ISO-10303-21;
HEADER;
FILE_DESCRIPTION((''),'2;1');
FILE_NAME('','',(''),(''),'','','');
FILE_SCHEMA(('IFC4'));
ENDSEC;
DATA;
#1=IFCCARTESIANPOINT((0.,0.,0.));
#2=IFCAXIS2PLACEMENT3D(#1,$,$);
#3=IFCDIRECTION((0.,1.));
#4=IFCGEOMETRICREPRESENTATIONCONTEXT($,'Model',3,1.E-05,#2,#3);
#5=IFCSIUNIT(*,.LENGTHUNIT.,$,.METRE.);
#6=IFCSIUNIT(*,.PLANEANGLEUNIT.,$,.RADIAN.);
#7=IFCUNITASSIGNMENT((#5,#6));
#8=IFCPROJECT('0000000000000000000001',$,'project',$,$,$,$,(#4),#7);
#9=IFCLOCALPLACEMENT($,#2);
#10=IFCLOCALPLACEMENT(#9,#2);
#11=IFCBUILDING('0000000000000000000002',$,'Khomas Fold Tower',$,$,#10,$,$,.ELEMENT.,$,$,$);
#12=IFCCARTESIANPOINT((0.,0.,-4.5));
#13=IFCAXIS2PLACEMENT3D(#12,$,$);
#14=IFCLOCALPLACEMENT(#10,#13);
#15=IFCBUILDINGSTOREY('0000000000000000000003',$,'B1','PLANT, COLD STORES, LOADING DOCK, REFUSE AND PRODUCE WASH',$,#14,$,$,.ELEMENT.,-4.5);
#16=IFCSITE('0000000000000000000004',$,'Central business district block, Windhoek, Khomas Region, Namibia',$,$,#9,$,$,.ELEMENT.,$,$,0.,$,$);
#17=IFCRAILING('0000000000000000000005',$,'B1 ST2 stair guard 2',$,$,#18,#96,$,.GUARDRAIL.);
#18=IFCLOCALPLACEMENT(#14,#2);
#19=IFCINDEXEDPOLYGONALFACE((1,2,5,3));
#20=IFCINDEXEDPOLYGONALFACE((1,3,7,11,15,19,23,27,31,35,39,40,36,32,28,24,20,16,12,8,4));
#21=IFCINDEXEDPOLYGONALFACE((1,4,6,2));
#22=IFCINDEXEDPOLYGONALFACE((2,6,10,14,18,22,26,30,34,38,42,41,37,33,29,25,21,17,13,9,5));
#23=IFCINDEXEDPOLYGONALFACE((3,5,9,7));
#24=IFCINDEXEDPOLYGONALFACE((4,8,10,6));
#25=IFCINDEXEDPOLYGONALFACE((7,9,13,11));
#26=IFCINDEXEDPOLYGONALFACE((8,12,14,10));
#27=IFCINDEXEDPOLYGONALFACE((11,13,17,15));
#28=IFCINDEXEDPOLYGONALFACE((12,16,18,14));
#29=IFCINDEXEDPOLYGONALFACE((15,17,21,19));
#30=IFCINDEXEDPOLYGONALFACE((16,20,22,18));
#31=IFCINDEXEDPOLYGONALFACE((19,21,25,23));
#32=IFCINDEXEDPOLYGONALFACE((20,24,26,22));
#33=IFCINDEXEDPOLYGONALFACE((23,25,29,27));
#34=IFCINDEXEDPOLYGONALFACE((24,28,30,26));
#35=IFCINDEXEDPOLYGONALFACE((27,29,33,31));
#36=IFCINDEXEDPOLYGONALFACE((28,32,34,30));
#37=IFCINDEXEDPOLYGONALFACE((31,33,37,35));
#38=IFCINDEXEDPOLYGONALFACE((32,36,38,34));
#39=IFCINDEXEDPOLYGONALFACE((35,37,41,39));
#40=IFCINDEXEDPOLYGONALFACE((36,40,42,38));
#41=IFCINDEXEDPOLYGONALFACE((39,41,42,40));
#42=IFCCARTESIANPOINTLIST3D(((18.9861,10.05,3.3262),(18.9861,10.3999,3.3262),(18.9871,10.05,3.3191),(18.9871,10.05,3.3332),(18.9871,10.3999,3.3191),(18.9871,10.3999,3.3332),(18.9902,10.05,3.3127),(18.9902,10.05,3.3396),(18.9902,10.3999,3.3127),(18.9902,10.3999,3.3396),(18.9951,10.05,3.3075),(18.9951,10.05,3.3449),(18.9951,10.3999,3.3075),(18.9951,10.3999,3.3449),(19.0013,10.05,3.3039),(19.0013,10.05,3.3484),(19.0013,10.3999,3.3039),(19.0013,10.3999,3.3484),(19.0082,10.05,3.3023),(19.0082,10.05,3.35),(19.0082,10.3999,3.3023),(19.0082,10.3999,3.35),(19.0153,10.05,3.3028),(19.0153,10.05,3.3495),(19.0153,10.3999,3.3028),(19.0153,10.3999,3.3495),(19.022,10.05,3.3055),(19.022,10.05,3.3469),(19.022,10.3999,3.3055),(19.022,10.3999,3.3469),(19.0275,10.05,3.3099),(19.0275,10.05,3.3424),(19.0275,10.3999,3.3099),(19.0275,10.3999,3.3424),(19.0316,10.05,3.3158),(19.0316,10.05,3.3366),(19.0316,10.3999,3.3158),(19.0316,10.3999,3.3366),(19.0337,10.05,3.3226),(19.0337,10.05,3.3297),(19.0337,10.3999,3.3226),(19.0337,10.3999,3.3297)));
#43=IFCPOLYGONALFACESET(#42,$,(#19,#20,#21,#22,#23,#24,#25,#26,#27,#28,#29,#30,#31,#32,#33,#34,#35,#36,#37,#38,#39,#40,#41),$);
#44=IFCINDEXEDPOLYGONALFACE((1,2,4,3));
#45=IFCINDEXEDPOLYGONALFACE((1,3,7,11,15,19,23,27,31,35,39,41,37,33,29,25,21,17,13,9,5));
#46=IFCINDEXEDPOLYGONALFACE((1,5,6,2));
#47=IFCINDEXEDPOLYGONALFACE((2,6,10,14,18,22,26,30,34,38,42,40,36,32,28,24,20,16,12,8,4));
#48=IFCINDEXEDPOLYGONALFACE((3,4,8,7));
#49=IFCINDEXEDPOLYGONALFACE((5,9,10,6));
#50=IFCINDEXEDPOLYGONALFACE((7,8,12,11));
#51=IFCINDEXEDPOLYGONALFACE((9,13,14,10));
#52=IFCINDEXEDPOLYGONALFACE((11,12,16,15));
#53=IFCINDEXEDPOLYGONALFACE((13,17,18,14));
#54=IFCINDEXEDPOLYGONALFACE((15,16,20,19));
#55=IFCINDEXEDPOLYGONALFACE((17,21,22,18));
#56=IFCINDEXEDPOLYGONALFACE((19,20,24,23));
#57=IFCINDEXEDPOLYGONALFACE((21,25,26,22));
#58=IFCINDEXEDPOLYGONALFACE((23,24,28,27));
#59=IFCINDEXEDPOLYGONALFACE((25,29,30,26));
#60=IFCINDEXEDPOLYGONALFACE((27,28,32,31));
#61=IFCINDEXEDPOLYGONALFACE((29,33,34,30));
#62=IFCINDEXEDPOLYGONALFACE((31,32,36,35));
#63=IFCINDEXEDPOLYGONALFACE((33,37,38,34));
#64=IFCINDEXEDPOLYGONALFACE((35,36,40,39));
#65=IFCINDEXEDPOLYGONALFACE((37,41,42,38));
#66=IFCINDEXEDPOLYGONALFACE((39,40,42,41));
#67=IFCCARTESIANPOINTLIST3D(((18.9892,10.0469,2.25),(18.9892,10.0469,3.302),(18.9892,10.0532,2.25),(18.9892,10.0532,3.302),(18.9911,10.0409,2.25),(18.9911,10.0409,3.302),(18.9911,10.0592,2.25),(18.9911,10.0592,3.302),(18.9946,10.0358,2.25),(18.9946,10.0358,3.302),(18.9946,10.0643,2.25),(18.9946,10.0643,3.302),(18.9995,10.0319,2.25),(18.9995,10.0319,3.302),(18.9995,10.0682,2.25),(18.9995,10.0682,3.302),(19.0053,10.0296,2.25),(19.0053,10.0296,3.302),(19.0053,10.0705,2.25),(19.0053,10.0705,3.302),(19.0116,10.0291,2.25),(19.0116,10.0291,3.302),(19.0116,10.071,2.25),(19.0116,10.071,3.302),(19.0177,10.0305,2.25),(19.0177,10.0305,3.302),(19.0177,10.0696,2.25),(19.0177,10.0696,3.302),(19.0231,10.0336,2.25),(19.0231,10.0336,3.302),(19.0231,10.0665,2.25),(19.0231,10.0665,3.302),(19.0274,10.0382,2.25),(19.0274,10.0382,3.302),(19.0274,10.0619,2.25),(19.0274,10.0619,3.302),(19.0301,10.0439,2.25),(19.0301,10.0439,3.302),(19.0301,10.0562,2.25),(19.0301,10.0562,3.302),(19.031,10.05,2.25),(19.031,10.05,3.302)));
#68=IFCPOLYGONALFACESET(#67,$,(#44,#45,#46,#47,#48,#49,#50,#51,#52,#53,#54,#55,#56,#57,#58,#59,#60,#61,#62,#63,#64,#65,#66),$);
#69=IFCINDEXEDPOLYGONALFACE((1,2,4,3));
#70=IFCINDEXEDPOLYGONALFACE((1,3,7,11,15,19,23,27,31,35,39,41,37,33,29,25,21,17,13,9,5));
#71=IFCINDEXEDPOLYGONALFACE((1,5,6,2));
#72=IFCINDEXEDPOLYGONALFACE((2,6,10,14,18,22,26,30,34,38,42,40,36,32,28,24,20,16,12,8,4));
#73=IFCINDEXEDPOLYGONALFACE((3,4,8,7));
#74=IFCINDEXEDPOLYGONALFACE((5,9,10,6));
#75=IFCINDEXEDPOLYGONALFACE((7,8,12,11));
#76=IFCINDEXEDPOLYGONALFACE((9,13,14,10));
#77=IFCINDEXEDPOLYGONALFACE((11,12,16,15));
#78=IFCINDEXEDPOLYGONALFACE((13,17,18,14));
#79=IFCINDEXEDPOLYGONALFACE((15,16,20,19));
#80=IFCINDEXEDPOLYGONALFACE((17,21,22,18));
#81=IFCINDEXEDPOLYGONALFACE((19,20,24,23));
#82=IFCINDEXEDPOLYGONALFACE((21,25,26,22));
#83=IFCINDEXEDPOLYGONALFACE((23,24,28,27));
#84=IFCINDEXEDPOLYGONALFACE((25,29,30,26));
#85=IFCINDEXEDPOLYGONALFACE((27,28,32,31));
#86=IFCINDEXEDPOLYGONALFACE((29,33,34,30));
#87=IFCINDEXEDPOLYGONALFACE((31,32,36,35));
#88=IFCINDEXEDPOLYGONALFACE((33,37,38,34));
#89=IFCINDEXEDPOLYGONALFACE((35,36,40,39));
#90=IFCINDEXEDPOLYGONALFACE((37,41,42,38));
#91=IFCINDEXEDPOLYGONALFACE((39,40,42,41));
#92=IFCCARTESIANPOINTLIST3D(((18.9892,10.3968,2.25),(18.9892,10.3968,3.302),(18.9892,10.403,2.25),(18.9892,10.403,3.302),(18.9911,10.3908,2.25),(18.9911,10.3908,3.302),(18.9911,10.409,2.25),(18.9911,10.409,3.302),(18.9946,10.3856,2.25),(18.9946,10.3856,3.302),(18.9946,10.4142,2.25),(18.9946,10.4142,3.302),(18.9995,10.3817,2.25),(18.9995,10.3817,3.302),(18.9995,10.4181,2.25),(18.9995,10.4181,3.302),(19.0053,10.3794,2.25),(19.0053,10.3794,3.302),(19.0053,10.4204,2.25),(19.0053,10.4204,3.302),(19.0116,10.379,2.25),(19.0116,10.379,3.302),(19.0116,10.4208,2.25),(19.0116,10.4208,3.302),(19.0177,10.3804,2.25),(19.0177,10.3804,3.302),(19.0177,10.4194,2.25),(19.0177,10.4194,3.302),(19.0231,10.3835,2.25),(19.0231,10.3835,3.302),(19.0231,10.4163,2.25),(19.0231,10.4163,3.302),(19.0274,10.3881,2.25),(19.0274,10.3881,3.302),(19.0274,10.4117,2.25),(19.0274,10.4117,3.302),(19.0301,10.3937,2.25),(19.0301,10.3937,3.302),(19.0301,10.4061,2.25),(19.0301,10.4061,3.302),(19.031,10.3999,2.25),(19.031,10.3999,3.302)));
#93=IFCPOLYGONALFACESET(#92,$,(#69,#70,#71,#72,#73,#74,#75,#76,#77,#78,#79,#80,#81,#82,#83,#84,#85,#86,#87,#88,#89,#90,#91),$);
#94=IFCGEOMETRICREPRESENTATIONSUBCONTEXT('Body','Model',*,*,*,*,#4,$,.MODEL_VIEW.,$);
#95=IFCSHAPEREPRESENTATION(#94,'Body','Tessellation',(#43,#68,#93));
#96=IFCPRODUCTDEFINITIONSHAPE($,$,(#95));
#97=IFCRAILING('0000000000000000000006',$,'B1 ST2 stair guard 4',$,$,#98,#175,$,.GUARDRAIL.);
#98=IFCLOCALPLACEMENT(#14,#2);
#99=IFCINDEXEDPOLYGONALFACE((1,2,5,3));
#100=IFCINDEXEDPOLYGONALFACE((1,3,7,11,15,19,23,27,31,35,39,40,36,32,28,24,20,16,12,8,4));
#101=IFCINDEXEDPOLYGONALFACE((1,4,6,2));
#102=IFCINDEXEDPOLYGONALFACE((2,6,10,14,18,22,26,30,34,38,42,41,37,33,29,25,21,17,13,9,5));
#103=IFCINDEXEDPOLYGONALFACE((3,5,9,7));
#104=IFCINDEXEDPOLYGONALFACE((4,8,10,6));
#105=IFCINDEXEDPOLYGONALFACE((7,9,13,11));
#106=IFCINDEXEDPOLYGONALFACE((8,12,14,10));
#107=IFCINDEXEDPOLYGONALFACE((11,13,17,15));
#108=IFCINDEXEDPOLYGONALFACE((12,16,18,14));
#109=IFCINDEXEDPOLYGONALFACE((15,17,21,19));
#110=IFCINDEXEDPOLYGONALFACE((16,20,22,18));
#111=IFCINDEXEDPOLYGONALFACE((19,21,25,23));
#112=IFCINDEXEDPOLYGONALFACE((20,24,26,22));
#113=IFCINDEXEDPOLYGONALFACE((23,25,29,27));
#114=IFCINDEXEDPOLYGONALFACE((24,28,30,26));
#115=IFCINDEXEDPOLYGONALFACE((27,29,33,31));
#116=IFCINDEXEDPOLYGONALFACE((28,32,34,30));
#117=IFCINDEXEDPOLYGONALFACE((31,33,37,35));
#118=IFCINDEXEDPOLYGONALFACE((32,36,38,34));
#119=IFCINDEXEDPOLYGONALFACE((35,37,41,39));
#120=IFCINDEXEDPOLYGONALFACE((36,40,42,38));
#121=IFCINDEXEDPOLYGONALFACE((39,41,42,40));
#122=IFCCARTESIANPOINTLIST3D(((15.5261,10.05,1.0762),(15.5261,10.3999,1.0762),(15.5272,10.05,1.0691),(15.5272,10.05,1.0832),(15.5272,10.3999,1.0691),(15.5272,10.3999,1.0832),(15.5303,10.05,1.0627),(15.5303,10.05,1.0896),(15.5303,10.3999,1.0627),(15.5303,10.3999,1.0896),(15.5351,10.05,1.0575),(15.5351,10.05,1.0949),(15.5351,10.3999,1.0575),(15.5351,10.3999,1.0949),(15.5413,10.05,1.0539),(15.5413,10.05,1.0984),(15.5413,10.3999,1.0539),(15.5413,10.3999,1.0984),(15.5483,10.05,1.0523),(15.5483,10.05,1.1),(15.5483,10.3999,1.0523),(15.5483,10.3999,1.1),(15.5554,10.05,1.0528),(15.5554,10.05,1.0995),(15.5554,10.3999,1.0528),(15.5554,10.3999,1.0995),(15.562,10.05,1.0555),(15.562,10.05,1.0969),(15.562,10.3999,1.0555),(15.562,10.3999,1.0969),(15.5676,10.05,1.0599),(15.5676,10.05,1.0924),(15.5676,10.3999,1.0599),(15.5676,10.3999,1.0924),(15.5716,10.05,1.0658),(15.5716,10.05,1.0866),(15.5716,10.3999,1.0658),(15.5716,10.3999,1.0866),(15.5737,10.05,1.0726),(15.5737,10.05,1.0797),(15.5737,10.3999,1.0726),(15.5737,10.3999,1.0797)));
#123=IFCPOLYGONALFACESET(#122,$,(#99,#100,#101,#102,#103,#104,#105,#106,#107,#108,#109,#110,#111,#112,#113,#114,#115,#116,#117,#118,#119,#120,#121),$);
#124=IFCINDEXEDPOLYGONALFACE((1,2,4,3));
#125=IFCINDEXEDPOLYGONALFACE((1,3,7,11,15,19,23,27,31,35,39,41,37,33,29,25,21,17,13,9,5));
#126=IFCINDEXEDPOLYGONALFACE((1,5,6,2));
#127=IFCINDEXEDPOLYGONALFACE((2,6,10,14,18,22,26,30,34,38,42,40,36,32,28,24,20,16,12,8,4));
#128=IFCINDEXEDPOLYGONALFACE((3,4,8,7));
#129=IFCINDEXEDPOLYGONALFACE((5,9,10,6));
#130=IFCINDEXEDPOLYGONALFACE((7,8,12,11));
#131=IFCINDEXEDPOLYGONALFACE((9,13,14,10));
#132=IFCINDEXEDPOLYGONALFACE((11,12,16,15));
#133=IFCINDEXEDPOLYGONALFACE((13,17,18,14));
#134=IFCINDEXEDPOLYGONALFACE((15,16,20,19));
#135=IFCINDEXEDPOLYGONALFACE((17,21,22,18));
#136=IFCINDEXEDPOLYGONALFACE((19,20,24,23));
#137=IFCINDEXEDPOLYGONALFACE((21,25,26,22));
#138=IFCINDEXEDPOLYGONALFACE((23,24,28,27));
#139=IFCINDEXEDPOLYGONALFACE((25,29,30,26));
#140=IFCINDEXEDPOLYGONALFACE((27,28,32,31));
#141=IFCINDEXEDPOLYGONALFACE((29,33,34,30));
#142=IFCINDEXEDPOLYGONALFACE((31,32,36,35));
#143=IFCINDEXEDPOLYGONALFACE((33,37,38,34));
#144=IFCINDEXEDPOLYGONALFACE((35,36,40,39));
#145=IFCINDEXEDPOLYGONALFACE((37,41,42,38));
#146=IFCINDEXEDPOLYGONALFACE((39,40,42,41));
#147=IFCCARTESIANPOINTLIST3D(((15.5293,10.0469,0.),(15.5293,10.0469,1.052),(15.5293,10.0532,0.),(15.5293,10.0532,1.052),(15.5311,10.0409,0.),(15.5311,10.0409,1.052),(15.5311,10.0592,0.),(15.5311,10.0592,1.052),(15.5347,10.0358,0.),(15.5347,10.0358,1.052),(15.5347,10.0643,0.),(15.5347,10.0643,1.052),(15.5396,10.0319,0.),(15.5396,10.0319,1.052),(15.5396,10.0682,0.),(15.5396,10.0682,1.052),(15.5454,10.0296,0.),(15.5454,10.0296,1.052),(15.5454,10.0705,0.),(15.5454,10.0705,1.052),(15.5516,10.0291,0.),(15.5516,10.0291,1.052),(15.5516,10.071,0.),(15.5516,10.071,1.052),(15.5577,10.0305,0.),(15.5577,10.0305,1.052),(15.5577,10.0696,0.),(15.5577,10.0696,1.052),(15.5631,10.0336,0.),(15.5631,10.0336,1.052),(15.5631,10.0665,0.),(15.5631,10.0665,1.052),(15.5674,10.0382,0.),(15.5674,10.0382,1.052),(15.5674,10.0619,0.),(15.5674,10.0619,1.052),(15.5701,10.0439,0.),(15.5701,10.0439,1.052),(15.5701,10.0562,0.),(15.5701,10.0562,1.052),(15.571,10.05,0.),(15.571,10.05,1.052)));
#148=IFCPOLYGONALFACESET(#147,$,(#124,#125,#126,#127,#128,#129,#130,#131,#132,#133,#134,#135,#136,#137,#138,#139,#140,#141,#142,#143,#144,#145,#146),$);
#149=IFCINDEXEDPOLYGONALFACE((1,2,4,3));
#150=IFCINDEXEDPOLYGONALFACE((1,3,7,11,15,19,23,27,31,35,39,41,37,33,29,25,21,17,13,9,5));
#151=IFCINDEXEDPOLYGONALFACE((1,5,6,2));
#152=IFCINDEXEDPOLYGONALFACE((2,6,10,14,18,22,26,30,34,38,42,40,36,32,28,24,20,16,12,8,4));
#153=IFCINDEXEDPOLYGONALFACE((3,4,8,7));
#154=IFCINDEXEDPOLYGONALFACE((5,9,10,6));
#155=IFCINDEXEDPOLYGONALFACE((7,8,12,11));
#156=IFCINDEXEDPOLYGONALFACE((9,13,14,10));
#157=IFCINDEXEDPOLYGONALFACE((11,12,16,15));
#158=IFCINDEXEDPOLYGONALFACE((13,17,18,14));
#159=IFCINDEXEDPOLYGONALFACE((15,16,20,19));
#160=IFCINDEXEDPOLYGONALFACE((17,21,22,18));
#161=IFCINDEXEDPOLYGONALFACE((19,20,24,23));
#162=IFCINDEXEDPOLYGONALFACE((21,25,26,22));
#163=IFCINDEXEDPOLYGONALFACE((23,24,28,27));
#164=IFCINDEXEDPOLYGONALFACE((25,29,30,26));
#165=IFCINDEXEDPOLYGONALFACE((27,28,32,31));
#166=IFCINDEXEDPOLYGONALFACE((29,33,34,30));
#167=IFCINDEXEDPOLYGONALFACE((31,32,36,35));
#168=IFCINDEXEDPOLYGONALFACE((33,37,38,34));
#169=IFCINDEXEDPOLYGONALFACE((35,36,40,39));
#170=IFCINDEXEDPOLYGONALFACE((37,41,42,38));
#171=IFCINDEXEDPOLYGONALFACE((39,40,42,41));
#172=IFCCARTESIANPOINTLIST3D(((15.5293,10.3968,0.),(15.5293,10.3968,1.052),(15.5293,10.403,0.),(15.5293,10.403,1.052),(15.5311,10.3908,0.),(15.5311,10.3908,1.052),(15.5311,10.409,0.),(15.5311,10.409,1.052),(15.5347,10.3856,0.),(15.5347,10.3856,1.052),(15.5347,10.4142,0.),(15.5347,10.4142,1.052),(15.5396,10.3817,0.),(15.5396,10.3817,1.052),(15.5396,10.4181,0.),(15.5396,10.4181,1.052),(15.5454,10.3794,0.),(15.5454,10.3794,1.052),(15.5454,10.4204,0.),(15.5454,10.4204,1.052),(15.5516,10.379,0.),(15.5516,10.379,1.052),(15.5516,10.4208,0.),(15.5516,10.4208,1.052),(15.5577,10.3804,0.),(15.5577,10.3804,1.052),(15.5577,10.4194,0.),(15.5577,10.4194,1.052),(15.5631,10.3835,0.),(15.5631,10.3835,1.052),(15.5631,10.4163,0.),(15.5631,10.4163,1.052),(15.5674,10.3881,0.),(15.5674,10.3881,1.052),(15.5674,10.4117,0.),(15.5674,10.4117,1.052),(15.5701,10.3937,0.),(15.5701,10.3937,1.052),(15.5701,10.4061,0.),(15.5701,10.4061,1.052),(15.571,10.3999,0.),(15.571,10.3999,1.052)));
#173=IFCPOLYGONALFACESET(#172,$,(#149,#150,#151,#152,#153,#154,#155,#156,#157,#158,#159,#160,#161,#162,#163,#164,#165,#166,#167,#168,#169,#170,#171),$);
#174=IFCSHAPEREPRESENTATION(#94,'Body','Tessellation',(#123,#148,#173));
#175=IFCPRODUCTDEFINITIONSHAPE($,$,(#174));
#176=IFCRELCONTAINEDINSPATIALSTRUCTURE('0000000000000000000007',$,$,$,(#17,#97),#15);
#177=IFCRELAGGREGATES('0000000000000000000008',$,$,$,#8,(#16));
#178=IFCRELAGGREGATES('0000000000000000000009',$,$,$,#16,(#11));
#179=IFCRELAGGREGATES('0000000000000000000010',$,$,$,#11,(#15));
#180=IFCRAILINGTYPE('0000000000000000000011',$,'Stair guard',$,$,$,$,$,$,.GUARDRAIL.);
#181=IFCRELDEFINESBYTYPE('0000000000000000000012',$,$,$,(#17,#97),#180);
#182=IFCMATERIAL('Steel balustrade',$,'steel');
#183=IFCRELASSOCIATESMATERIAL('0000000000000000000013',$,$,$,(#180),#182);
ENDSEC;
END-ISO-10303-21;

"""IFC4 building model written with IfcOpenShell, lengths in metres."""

from ifc_helpers import new_model, si_unit, direction, frame, origin, origin_2d, place, context, subcontext, project, spatial, circle, extrude, source, transform, mapped, material, type_object, element, save


model = new_model("IFC4")

# Units and contexts
model_context = context("Model", 3, precision=1e-05, world=origin(), true_north=direction((0.0, 1.0)))
body_context = subcontext(model_context, "Body", "Model", "MODEL_VIEW")
ifc_project = project(units=[si_unit("LENGTHUNIT", "METRE"), si_unit("PLANEANGLEUNIT", "RADIAN")], contexts=[model_context])

# Site, building, storey
site_placement = place(None, origin())
site = spatial("IfcSite", under=ifc_project, at=site_placement, Name="Central business district block, Windhoek, Khomas Region, Namibia", CompositionType="ELEMENT", RefElevation=0.0)
building_placement = place(site_placement, origin())
building = spatial("IfcBuilding", under=site, at=building_placement, Name="Khomas Fold Tower", CompositionType="ELEMENT")
storey_placement = place(building_placement, frame((0.0, 0.0, -4.5)))
storey = spatial("IfcBuildingStorey", under=building, at=storey_placement, Name="B1", Description="PLANT, COLD STORES, LOADING DOCK, REFUSE AND PRODUCE WASH", CompositionType="ELEMENT", Elevation=-4.5)

# Railings
ifc_material_1 = material(Name="Steel balustrade", Category="steel")
railing_type_1 = type_object("IfcRailingType", Name="Stair guard", PredefinedType="GUARDRAIL", material=ifc_material_1)
shared_shape_1 = source(origin(), body_context, "Body", "SweptSolid", [
    extrude(circle(Radius=0.0239, at=origin_2d()), frame((0.0, 0.0, 1.0762), z_axis=(0.0, 1.0, 0.0), x_axis=(-1.0, 0.0, 0.0)), (0.0, 0.0, 1.0), 0.3499),
    extrude(circle(Radius=0.021, at=origin_2d()), origin(), (0.0, 0.0, 1.0), 1.052),
    extrude(circle(Radius=0.021, at=origin_2d()), frame((0.0, 0.3499, 0.0)), (0.0, 0.0, 1.0), 1.052),
])
for number, where, name in (
    (1, (19.01, 10.05, 2.25), "B1 ST2 stair guard 2"),
    (2, (15.55, 10.05, 0.0), "B1 ST2 stair guard 4"),
):
    element("IfcRailing", number, at=place(storey_placement, frame(where)), inside=storey, type_object=railing_type_1, Name=name, PredefinedType="GUARDRAIL", context=body_context, shape_type="MappedRepresentation", body=[
        mapped(shared_shape_1, transform((0.0, 0.0, 0.0))),
    ])

save(model, "model.ifc")
